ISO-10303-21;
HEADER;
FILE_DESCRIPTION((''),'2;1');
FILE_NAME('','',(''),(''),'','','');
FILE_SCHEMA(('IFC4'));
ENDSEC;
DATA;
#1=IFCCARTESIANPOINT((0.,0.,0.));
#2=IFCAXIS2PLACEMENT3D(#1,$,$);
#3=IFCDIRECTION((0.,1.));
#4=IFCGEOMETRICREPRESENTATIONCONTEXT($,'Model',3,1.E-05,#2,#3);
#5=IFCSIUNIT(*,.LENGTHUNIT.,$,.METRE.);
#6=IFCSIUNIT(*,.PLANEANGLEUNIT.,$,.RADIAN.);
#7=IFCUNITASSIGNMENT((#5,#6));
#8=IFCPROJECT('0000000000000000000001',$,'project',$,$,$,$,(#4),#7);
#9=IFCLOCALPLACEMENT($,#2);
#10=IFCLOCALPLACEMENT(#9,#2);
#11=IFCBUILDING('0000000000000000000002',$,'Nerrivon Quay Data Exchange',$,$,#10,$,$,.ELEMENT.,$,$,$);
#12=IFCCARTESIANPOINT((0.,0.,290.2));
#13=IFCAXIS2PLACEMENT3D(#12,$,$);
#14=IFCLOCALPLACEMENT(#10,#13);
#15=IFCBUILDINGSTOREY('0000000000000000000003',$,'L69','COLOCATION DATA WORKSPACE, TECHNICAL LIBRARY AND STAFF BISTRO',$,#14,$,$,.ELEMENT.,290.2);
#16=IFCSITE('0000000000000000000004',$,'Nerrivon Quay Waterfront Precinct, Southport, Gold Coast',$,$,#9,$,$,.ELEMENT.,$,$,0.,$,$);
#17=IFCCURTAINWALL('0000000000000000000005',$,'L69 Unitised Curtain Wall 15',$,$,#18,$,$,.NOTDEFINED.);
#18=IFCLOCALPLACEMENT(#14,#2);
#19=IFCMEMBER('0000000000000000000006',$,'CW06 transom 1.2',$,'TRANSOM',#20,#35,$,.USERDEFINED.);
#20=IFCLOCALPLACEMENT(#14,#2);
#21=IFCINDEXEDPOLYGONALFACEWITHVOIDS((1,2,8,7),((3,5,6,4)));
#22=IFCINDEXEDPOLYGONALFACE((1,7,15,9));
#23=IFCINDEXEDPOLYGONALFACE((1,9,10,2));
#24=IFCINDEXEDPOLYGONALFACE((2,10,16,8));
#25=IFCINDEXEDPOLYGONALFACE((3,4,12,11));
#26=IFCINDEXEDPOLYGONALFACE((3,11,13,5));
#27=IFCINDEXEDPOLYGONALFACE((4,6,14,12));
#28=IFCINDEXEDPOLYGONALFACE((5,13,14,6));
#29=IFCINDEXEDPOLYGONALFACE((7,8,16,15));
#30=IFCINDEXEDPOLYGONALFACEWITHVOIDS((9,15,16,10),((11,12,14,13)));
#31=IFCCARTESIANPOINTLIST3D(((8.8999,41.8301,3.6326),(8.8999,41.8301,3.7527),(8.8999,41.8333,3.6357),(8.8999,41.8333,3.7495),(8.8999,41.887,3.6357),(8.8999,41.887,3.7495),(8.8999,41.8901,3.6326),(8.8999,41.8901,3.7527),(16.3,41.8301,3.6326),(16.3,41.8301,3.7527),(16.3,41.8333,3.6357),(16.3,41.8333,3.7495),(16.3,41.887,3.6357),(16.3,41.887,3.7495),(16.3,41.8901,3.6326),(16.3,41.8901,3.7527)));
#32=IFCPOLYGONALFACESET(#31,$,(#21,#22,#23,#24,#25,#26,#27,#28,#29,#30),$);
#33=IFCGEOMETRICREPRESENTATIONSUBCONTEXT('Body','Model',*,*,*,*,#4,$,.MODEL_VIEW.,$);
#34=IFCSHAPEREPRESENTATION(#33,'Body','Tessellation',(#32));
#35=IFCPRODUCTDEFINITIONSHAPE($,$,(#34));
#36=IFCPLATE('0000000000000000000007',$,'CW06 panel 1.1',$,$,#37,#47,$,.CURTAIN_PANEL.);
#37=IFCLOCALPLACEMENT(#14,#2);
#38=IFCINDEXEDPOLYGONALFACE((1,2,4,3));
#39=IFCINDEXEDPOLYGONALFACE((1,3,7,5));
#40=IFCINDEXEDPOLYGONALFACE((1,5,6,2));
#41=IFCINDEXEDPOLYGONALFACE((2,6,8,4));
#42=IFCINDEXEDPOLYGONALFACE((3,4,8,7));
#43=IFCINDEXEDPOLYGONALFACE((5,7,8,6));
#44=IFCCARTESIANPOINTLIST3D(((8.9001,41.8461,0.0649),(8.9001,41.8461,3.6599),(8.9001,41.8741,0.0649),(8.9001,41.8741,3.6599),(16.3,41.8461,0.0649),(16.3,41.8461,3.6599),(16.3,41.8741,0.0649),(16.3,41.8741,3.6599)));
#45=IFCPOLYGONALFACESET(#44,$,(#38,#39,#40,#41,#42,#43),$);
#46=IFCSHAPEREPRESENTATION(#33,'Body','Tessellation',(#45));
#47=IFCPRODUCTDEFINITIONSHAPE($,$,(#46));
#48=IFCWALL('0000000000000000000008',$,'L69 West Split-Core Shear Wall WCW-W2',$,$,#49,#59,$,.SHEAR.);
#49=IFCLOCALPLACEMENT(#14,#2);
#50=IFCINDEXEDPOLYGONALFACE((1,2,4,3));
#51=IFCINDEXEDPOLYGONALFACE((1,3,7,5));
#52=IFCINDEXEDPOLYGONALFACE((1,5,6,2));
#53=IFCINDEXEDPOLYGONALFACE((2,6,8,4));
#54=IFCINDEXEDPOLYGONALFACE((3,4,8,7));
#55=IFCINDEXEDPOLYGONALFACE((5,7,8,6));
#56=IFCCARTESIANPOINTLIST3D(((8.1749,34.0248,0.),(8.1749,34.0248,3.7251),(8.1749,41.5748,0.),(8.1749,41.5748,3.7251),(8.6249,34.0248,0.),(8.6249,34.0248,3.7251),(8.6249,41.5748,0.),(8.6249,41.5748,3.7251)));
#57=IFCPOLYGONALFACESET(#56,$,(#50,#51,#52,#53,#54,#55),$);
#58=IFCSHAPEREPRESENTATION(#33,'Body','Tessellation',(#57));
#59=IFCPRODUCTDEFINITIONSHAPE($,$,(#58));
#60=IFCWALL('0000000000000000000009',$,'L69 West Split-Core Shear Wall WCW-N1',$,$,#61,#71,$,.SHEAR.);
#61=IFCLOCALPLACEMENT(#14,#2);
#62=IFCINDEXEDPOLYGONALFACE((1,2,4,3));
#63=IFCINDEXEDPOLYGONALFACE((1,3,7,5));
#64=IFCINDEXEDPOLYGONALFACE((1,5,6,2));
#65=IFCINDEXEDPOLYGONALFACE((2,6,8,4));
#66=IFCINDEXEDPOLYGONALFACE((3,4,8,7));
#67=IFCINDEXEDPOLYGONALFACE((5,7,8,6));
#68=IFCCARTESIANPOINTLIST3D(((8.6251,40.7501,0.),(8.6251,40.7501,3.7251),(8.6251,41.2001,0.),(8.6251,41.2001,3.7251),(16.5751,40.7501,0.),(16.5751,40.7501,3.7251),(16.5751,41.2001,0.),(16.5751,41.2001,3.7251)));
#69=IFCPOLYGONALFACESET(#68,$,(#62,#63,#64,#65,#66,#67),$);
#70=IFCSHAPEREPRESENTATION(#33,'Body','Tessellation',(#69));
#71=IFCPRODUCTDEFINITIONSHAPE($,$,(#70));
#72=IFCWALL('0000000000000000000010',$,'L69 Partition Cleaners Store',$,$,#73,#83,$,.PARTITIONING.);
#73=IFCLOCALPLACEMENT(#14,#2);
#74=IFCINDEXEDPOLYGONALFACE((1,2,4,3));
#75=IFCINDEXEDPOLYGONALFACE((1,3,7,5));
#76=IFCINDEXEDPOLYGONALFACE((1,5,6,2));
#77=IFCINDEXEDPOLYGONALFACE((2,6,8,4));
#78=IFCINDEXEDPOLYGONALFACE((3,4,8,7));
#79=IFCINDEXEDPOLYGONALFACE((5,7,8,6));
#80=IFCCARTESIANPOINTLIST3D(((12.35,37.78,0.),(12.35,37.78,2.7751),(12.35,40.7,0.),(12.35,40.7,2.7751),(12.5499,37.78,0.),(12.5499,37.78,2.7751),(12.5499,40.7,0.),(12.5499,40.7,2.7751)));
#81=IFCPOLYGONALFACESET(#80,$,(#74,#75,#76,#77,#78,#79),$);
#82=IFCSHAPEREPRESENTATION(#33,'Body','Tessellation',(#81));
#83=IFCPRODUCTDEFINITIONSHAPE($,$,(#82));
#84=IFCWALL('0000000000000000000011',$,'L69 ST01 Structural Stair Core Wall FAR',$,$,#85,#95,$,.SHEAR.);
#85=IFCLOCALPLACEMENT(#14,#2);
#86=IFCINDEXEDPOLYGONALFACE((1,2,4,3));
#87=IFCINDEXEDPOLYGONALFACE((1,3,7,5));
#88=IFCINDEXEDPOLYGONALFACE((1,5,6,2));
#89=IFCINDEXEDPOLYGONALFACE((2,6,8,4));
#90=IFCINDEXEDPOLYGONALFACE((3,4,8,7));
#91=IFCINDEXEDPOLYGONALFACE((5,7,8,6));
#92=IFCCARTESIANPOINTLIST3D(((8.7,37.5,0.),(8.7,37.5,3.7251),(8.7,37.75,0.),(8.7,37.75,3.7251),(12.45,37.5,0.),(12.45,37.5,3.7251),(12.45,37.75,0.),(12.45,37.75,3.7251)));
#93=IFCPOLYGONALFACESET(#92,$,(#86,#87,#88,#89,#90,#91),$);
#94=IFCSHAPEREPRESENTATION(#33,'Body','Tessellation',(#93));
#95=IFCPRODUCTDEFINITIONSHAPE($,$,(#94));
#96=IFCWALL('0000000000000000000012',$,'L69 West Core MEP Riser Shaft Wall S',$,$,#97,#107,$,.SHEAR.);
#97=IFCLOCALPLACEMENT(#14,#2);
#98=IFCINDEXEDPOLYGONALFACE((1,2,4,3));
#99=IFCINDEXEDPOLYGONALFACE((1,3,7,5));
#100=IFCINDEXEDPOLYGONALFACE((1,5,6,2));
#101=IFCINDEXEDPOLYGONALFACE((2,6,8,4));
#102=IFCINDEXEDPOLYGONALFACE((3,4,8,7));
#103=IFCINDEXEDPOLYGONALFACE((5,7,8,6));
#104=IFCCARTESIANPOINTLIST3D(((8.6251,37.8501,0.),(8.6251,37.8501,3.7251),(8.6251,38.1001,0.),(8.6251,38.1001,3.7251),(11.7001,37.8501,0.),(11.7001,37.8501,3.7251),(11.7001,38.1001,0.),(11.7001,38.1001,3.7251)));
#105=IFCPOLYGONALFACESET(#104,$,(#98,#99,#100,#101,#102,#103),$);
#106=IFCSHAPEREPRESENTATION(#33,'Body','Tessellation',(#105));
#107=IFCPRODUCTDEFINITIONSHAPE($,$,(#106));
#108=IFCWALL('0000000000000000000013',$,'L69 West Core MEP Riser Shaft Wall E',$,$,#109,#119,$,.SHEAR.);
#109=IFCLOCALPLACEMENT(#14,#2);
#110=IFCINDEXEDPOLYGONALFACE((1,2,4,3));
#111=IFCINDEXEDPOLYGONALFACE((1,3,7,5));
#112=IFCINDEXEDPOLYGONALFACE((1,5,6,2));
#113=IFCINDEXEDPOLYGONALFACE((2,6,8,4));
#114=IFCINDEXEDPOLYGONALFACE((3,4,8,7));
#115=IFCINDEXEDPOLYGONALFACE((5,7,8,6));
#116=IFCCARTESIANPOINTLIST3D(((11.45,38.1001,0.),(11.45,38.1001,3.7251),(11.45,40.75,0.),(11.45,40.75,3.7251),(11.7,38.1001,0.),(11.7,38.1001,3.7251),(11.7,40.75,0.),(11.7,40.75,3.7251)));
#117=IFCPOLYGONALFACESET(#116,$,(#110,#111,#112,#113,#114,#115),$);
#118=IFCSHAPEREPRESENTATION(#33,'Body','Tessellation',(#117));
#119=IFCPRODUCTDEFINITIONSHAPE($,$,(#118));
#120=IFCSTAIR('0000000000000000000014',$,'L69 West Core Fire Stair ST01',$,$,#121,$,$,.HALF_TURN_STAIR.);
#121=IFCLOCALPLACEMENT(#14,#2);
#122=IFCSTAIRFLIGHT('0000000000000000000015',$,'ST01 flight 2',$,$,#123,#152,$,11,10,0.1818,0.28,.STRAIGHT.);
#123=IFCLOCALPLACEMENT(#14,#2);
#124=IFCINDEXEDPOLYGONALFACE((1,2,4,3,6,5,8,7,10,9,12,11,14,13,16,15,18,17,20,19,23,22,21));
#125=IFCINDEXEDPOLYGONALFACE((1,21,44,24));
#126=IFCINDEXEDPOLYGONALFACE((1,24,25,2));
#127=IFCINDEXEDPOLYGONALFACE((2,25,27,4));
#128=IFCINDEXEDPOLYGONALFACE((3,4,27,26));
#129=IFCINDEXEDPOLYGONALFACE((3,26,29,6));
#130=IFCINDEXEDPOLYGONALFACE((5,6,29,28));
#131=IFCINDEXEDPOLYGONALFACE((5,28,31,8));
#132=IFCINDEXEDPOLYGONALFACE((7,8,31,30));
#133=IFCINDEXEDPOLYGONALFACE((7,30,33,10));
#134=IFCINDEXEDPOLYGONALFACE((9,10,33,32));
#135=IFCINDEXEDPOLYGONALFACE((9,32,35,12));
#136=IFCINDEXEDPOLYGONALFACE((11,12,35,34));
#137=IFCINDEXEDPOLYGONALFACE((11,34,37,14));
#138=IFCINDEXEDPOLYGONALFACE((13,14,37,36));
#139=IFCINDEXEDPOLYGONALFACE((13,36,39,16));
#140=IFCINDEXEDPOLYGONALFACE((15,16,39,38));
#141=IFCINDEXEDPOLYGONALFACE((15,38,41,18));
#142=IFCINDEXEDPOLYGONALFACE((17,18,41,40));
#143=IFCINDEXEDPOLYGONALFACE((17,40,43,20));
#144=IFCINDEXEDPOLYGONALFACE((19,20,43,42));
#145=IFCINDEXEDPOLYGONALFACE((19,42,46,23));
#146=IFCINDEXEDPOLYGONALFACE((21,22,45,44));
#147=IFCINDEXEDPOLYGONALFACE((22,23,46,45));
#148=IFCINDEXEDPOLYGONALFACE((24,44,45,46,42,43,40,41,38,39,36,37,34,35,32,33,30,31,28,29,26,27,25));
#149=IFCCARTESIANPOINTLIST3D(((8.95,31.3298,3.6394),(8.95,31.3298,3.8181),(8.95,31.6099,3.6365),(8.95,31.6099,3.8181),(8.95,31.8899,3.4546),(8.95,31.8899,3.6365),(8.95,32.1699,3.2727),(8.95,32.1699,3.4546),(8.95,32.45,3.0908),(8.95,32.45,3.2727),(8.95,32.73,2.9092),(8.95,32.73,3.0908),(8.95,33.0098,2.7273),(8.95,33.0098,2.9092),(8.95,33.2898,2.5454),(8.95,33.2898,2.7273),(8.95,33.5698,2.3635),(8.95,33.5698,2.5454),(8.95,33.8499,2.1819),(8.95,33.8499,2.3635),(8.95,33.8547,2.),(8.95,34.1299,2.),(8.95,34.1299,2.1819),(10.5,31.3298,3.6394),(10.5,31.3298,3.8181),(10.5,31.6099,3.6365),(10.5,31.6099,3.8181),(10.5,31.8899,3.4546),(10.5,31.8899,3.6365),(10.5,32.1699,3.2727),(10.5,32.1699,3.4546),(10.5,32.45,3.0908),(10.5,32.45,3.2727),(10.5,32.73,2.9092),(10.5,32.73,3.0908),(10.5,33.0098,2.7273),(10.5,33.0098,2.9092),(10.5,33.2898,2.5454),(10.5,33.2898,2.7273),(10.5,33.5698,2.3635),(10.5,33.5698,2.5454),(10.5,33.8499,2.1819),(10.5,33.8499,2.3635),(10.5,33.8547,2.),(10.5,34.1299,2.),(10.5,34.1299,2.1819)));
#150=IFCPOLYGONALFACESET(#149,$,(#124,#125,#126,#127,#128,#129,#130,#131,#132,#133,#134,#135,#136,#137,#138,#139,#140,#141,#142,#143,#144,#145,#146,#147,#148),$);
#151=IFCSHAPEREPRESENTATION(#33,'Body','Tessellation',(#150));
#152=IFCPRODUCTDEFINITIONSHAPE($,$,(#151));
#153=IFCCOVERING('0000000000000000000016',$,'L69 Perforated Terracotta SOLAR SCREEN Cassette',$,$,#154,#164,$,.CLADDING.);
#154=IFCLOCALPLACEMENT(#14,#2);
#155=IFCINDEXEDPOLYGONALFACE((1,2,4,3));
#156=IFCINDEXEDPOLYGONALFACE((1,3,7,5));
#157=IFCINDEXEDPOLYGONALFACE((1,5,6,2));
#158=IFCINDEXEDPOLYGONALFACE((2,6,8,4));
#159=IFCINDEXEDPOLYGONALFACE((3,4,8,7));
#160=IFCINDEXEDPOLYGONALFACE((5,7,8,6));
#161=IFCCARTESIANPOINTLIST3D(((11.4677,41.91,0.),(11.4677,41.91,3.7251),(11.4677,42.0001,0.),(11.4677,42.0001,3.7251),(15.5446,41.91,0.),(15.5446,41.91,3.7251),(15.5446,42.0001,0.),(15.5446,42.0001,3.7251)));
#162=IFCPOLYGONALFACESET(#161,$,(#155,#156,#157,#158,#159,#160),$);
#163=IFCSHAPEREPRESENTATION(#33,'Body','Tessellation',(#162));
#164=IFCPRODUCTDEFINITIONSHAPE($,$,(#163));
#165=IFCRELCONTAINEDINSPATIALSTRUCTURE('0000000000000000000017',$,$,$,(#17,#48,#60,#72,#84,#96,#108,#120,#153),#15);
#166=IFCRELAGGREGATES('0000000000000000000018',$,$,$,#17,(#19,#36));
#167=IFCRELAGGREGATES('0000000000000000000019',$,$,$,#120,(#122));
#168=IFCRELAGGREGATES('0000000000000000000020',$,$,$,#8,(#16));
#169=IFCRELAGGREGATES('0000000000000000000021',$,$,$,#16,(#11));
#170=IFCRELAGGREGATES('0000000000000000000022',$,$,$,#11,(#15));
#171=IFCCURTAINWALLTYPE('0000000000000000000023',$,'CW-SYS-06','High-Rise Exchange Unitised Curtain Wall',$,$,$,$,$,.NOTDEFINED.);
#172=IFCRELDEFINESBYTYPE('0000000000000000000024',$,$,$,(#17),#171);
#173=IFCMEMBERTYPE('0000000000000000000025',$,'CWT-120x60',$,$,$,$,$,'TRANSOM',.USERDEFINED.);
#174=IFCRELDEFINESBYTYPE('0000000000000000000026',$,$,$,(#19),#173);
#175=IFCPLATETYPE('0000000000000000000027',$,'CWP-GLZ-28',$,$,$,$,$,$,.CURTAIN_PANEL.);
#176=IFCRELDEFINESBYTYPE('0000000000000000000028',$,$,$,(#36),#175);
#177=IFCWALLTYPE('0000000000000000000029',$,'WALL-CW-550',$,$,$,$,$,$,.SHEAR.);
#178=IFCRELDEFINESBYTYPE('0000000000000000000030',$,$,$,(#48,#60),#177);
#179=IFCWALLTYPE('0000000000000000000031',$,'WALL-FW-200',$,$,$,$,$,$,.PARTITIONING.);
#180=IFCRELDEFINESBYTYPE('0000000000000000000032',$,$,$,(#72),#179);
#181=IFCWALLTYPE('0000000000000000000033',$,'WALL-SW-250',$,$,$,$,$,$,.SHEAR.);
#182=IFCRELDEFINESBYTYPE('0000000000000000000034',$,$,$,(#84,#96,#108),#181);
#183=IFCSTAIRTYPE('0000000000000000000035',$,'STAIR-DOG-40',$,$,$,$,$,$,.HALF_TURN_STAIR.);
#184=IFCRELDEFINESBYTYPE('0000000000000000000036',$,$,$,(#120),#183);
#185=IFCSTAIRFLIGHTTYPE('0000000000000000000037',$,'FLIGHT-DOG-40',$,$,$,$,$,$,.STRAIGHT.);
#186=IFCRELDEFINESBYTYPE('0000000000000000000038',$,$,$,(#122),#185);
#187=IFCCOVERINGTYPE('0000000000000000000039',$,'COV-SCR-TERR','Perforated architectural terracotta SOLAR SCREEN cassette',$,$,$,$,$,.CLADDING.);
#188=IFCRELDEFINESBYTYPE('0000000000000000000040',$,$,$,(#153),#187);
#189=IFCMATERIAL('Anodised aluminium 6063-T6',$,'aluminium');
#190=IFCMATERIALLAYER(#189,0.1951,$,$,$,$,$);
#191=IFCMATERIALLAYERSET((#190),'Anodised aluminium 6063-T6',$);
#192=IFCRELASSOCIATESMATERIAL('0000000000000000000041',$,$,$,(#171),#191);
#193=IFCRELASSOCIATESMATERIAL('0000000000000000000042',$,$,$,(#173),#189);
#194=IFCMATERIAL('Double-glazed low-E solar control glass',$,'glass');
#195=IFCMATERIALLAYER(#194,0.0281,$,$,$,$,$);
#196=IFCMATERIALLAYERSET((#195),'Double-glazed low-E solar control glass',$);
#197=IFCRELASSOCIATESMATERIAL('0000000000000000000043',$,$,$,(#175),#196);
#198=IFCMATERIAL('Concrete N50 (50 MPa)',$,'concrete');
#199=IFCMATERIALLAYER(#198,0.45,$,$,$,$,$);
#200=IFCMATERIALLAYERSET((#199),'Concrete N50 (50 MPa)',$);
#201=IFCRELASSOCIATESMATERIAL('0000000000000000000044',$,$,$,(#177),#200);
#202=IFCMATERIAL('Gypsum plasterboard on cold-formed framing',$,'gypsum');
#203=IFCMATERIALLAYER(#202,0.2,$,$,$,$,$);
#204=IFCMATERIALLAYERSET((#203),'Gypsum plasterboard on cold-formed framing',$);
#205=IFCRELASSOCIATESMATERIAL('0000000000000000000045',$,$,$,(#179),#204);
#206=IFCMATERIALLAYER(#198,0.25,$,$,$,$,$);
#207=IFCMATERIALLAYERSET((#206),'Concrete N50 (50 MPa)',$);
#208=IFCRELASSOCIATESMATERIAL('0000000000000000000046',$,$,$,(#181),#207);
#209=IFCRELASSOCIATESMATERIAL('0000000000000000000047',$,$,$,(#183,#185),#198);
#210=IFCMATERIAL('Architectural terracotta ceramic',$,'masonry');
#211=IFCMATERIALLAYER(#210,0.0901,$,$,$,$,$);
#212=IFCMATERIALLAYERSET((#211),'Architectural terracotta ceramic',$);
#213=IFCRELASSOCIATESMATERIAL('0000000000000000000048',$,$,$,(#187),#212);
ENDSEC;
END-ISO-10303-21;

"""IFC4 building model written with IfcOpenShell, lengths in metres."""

from ifc_helpers import new_model, si_unit, direction, frame, frame_2d, origin, origin_2d, place, context, subcontext, project, spatial, polyline, rectangle, hollow_rectangle, outline, extrude, material, layer, layer_set, material_profile, profile_set, type_object, element, aggregate, save


model = new_model("IFC4")

# Units and contexts
model_context = context("Model", 3, precision=1e-05, world=origin(), true_north=direction((0.0, 1.0)))
body_context = subcontext(model_context, "Body", "Model", "MODEL_VIEW")
ifc_project = project(units=[si_unit("LENGTHUNIT", "METRE"), si_unit("PLANEANGLEUNIT", "RADIAN")], contexts=[model_context])

# Site, building, storey
site_placement = place(None, origin())
site = spatial("IfcSite", under=ifc_project, at=site_placement, Name="Nerrivon Quay Waterfront Precinct, Southport, Gold Coast", CompositionType="ELEMENT", RefElevation=0.0)
building_placement = place(site_placement, origin())
building = spatial("IfcBuilding", under=site, at=building_placement, Name="Nerrivon Quay Data Exchange", CompositionType="ELEMENT")
storey_placement = place(building_placement, frame((0.0, 0.0, 290.2)))
storey = spatial("IfcBuildingStorey", under=building, at=storey_placement, Name="L69", Description="COLOCATION DATA WORKSPACE, TECHNICAL LIBRARY AND STAFF BISTRO", CompositionType="ELEMENT", Elevation=290.2)

# Shared definitions
ifc_material_1 = material(Name="Concrete N50 (50 MPa)", Category="concrete")

# Curtain wall, member, plate
ifc_material_2 = material(Name="Anodised aluminium 6063-T6", Category="aluminium")
ifc_layer_1 = layer(ifc_material_2, 0.1951)
ifc_layer_set_1 = layer_set([ifc_layer_1], Name="Anodised aluminium 6063-T6")
curtain_wall_type = type_object("IfcCurtainWallType", Name="CW-SYS-06", Description="High-Rise Exchange Unitised Curtain Wall", PredefinedType="NOTDEFINED", material=ifc_layer_set_1)
curtain_wall_placement = place(storey_placement, origin())
curtain_wall = element("IfcCurtainWall", 1, at=curtain_wall_placement, inside=storey, type_object=curtain_wall_type, Name="L69 Unitised Curtain Wall 15", PredefinedType="NOTDEFINED")
ifc_material_profile_1 = material_profile(ifc_material_2, hollow_rectangle(XDim=0.0601, YDim=0.1201, WallThickness=0.0032, at=origin_2d()), Name="ALU-TRAN-120x60")
ifc_profile_set_1 = profile_set([ifc_material_profile_1], Name="Anodised aluminium 6063-T6")
member_type_1 = type_object("IfcMemberType", Name="CWT-120x60", ElementType="TRANSOM", PredefinedType="USERDEFINED", material=ifc_profile_set_1)
member_1_placement = place(storey_placement, frame((8.8999, 41.8601, 3.6926), z_axis=(1.0, 0.0, 0.0), x_axis=(0.0, 1.0, 0.0)))
member_1 = element("IfcMember", 2, at=member_1_placement, type_object=member_type_1, Name="CW06 transom 1.2", ObjectType="TRANSOM", PredefinedType="USERDEFINED", context=body_context, shape_type="SweptSolid", body=[
    extrude(hollow_rectangle(XDim=0.0601, YDim=0.1201, WallThickness=0.0032, at=origin_2d()), origin(), (0.0, 0.0, 1.0), 7.4001),
])
ifc_material_3 = material(Name="Double-glazed low-E solar control glass", Category="glass")
ifc_layer_2 = layer(ifc_material_3, 0.0281)
ifc_layer_set_2 = layer_set([ifc_layer_2], Name="Double-glazed low-E solar control glass")
plate_type = type_object("IfcPlateType", Name="CWP-GLZ-28", PredefinedType="CURTAIN_PANEL", material=ifc_layer_set_2)
plate_placement = place(storey_placement, frame((12.6001, 41.8601, 0.0649), z_axis=(0.0, 0.0, 1.0), x_axis=(1.0, 0.0, 0.0)))
plate = element("IfcPlate", 3, at=plate_placement, type_object=plate_type, Name="CW06 panel 1.1", PredefinedType="CURTAIN_PANEL", context=body_context, shape_type="SweptSolid", body=[
    extrude(rectangle(XDim=7.3999, YDim=0.0281, at=origin_2d()), origin(), (0.0, 0.0, 1.0), 3.595),
])
aggregate(curtain_wall, [member_1, plate])

# Walls
ifc_layer_3 = layer(ifc_material_1, 0.45)
ifc_layer_set_3 = layer_set([ifc_layer_3], Name="Concrete N50 (50 MPa)")
wall_type_1 = type_object("IfcWallType", Name="WALL-CW-550", PredefinedType="SHEAR", material=ifc_layer_set_3)
wall_1_placement = place(storey_placement, frame((8.3999, 34.0249, 0.0), z_axis=(0.0, 0.0, 1.0), x_axis=(0.0, 1.0, 0.0)))
element("IfcWall", 4, at=wall_1_placement, inside=storey, type_object=wall_type_1, Name="L69 West Split-Core Shear Wall WCW-W2", PredefinedType="SHEAR", context=body_context, shape_type="SweptSolid", body=[
    extrude(rectangle(XDim=7.55, YDim=0.45, at=frame_2d((3.7749, 0.0))), origin(), (0.0, 0.0, 1.0), 3.7251),
])
wall_2_placement = place(storey_placement, frame((8.625, 40.9751, 0.0), z_axis=(0.0, 0.0, 1.0), x_axis=(1.0, 0.0, 0.0)))
element("IfcWall", 5, at=wall_2_placement, inside=storey, type_object=wall_type_1, Name="L69 West Split-Core Shear Wall WCW-N1", PredefinedType="SHEAR", context=body_context, shape_type="SweptSolid", body=[
    extrude(rectangle(XDim=7.95, YDim=0.45, at=frame_2d((3.9751, 0.0))), origin(), (0.0, 0.0, 1.0), 3.7251),
])
ifc_material_4 = material(Name="Gypsum plasterboard on cold-formed framing", Category="gypsum")
ifc_layer_4 = layer(ifc_material_4, 0.2)
ifc_layer_set_4 = layer_set([ifc_layer_4], Name="Gypsum plasterboard on cold-formed framing")
wall_type_2 = type_object("IfcWallType", Name="WALL-FW-200", PredefinedType="PARTITIONING", material=ifc_layer_set_4)
wall_3_placement = place(storey_placement, frame((12.45, 40.7, 0.0), z_axis=(0.0, 0.0, 1.0), x_axis=(0.0, -1.0, 0.0)))
element("IfcWall", 6, at=wall_3_placement, inside=storey, type_object=wall_type_2, Name="L69 Partition Cleaners Store", PredefinedType="PARTITIONING", context=body_context, shape_type="SweptSolid", body=[
    extrude(rectangle(XDim=2.9199, YDim=0.2, at=frame_2d((1.46, 0.0))), origin(), (0.0, 0.0, 1.0), 2.7751),
])
ifc_layer_5 = layer(ifc_material_1, 0.25)
ifc_layer_set_5 = layer_set([ifc_layer_5], Name="Concrete N50 (50 MPa)")
wall_type_3 = type_object("IfcWallType", Name="WALL-SW-250", PredefinedType="SHEAR", material=ifc_layer_set_5)
wall_4_placement = place(storey_placement, frame((12.45, 37.625, 0.0), z_axis=(0.0, 0.0, 1.0), x_axis=(-1.0, 0.0, 0.0)))
element("IfcWall", 7, at=wall_4_placement, inside=storey, type_object=wall_type_3, Name="L69 ST01 Structural Stair Core Wall FAR", PredefinedType="SHEAR", context=body_context, shape_type="SweptSolid", body=[
    extrude(rectangle(XDim=3.75, YDim=0.25, at=frame_2d((1.875, 0.0))), origin(), (0.0, 0.0, 1.0), 3.7251),
])
wall_5_placement = place(storey_placement, frame((8.625, 37.9751, 0.0), z_axis=(0.0, 0.0, 1.0), x_axis=(1.0, 0.0, 0.0)))
element("IfcWall", 8, at=wall_5_placement, inside=storey, type_object=wall_type_3, Name="L69 West Core MEP Riser Shaft Wall S", PredefinedType="SHEAR", context=body_context, shape_type="SweptSolid", body=[
    extrude(rectangle(XDim=3.075, YDim=0.25, at=frame_2d((1.5376, 0.0))), origin(), (0.0, 0.0, 1.0), 3.7251),
])
wall_6_placement = place(storey_placement, frame((11.575, 38.1001, 0.0), z_axis=(0.0, 0.0, 1.0), x_axis=(0.0, 1.0, 0.0)))
element("IfcWall", 9, at=wall_6_placement, inside=storey, type_object=wall_type_3, Name="L69 West Core MEP Riser Shaft Wall E", PredefinedType="SHEAR", context=body_context, shape_type="SweptSolid", body=[
    extrude(rectangle(XDim=2.6499, YDim=0.25, at=frame_2d((1.325, 0.0))), origin(), (0.0, 0.0, 1.0), 3.7251),
])

# Stair, stair flight
stair_type = type_object("IfcStairType", Name="STAIR-DOG-40", PredefinedType="HALF_TURN_STAIR", material=ifc_material_1)
stair_placement = place(storey_placement, origin())
stair = element("IfcStair", 10, at=stair_placement, inside=storey, type_object=stair_type, Name="L69 West Core Fire Stair ST01", PredefinedType="HALF_TURN_STAIR")
stair_flight_type = type_object("IfcStairFlightType", Name="FLIGHT-DOG-40", PredefinedType="STRAIGHT", material=ifc_material_1)
stair_flight_placement = place(storey_placement, frame((9.7251, 34.1299, 2.0), z_axis=(0.0, 0.0, 1.0), x_axis=(0.0, -1.0, 0.0)))
stair_flight = element("IfcStairFlight", 11, at=stair_flight_placement, type_object=stair_flight_type, Name="ST01 flight 2", NumberOfRisers=11, NumberOfTreads=10, PredefinedType="STRAIGHT", RiserHeight=0.1818, TreadLength=0.28, context=body_context, shape_type="SweptSolid", body=[
    extrude(outline(polyline([(0.0, 0.0), (0.0, 0.1819), (0.28, 0.1819), (0.28, 0.3635), (0.5601, 0.3635), (0.5601, 0.5454), (0.8401, 0.5454), (0.8401, 0.7273), (1.1201, 0.7273), (1.1201, 0.9092), (1.3999, 0.9092), (1.3999, 1.0908), (1.6799, 1.0908), (1.6799, 1.2727), (1.96, 1.2727), (1.96, 1.4546), (2.24, 1.4546), (2.24, 1.6365), (2.52, 1.6365), (2.52, 1.8181), (2.8, 1.8181), (2.8, 2.0), (2.8, 1.6394), (0.2751, 0.0), (0.0, 0.0)])), frame((0.0, 0.7749, 0.0), z_axis=(0.0, -1.0, 0.0), x_axis=(1.0, 0.0, 0.0)), (0.0, 0.0, 1.0), 1.55),
])
aggregate(stair, [stair_flight])

# Covering
ifc_material_5 = material(Name="Architectural terracotta ceramic", Category="masonry")
ifc_layer_6 = layer(ifc_material_5, 0.0901)
ifc_layer_set_6 = layer_set([ifc_layer_6], Name="Architectural terracotta ceramic")
covering_type = type_object("IfcCoveringType", Name="COV-SCR-TERR", Description="Perforated architectural terracotta SOLAR SCREEN cassette", PredefinedType="CLADDING", material=ifc_layer_set_6)
covering_placement = place(storey_placement, frame((13.5061, 41.9551, 0.0), z_axis=(0.0, 0.0, 1.0), x_axis=(1.0, 0.0, 0.0)))
element("IfcCovering", 12, at=covering_placement, inside=storey, type_object=covering_type, Name="L69 Perforated Terracotta SOLAR SCREEN Cassette", PredefinedType="CLADDING", context=body_context, shape_type="SweptSolid", body=[
    extrude(rectangle(XDim=4.0769, YDim=0.0901, at=origin_2d()), origin(), (0.0, 0.0, 1.0), 3.7251),
])

save(model, "model.ifc")
